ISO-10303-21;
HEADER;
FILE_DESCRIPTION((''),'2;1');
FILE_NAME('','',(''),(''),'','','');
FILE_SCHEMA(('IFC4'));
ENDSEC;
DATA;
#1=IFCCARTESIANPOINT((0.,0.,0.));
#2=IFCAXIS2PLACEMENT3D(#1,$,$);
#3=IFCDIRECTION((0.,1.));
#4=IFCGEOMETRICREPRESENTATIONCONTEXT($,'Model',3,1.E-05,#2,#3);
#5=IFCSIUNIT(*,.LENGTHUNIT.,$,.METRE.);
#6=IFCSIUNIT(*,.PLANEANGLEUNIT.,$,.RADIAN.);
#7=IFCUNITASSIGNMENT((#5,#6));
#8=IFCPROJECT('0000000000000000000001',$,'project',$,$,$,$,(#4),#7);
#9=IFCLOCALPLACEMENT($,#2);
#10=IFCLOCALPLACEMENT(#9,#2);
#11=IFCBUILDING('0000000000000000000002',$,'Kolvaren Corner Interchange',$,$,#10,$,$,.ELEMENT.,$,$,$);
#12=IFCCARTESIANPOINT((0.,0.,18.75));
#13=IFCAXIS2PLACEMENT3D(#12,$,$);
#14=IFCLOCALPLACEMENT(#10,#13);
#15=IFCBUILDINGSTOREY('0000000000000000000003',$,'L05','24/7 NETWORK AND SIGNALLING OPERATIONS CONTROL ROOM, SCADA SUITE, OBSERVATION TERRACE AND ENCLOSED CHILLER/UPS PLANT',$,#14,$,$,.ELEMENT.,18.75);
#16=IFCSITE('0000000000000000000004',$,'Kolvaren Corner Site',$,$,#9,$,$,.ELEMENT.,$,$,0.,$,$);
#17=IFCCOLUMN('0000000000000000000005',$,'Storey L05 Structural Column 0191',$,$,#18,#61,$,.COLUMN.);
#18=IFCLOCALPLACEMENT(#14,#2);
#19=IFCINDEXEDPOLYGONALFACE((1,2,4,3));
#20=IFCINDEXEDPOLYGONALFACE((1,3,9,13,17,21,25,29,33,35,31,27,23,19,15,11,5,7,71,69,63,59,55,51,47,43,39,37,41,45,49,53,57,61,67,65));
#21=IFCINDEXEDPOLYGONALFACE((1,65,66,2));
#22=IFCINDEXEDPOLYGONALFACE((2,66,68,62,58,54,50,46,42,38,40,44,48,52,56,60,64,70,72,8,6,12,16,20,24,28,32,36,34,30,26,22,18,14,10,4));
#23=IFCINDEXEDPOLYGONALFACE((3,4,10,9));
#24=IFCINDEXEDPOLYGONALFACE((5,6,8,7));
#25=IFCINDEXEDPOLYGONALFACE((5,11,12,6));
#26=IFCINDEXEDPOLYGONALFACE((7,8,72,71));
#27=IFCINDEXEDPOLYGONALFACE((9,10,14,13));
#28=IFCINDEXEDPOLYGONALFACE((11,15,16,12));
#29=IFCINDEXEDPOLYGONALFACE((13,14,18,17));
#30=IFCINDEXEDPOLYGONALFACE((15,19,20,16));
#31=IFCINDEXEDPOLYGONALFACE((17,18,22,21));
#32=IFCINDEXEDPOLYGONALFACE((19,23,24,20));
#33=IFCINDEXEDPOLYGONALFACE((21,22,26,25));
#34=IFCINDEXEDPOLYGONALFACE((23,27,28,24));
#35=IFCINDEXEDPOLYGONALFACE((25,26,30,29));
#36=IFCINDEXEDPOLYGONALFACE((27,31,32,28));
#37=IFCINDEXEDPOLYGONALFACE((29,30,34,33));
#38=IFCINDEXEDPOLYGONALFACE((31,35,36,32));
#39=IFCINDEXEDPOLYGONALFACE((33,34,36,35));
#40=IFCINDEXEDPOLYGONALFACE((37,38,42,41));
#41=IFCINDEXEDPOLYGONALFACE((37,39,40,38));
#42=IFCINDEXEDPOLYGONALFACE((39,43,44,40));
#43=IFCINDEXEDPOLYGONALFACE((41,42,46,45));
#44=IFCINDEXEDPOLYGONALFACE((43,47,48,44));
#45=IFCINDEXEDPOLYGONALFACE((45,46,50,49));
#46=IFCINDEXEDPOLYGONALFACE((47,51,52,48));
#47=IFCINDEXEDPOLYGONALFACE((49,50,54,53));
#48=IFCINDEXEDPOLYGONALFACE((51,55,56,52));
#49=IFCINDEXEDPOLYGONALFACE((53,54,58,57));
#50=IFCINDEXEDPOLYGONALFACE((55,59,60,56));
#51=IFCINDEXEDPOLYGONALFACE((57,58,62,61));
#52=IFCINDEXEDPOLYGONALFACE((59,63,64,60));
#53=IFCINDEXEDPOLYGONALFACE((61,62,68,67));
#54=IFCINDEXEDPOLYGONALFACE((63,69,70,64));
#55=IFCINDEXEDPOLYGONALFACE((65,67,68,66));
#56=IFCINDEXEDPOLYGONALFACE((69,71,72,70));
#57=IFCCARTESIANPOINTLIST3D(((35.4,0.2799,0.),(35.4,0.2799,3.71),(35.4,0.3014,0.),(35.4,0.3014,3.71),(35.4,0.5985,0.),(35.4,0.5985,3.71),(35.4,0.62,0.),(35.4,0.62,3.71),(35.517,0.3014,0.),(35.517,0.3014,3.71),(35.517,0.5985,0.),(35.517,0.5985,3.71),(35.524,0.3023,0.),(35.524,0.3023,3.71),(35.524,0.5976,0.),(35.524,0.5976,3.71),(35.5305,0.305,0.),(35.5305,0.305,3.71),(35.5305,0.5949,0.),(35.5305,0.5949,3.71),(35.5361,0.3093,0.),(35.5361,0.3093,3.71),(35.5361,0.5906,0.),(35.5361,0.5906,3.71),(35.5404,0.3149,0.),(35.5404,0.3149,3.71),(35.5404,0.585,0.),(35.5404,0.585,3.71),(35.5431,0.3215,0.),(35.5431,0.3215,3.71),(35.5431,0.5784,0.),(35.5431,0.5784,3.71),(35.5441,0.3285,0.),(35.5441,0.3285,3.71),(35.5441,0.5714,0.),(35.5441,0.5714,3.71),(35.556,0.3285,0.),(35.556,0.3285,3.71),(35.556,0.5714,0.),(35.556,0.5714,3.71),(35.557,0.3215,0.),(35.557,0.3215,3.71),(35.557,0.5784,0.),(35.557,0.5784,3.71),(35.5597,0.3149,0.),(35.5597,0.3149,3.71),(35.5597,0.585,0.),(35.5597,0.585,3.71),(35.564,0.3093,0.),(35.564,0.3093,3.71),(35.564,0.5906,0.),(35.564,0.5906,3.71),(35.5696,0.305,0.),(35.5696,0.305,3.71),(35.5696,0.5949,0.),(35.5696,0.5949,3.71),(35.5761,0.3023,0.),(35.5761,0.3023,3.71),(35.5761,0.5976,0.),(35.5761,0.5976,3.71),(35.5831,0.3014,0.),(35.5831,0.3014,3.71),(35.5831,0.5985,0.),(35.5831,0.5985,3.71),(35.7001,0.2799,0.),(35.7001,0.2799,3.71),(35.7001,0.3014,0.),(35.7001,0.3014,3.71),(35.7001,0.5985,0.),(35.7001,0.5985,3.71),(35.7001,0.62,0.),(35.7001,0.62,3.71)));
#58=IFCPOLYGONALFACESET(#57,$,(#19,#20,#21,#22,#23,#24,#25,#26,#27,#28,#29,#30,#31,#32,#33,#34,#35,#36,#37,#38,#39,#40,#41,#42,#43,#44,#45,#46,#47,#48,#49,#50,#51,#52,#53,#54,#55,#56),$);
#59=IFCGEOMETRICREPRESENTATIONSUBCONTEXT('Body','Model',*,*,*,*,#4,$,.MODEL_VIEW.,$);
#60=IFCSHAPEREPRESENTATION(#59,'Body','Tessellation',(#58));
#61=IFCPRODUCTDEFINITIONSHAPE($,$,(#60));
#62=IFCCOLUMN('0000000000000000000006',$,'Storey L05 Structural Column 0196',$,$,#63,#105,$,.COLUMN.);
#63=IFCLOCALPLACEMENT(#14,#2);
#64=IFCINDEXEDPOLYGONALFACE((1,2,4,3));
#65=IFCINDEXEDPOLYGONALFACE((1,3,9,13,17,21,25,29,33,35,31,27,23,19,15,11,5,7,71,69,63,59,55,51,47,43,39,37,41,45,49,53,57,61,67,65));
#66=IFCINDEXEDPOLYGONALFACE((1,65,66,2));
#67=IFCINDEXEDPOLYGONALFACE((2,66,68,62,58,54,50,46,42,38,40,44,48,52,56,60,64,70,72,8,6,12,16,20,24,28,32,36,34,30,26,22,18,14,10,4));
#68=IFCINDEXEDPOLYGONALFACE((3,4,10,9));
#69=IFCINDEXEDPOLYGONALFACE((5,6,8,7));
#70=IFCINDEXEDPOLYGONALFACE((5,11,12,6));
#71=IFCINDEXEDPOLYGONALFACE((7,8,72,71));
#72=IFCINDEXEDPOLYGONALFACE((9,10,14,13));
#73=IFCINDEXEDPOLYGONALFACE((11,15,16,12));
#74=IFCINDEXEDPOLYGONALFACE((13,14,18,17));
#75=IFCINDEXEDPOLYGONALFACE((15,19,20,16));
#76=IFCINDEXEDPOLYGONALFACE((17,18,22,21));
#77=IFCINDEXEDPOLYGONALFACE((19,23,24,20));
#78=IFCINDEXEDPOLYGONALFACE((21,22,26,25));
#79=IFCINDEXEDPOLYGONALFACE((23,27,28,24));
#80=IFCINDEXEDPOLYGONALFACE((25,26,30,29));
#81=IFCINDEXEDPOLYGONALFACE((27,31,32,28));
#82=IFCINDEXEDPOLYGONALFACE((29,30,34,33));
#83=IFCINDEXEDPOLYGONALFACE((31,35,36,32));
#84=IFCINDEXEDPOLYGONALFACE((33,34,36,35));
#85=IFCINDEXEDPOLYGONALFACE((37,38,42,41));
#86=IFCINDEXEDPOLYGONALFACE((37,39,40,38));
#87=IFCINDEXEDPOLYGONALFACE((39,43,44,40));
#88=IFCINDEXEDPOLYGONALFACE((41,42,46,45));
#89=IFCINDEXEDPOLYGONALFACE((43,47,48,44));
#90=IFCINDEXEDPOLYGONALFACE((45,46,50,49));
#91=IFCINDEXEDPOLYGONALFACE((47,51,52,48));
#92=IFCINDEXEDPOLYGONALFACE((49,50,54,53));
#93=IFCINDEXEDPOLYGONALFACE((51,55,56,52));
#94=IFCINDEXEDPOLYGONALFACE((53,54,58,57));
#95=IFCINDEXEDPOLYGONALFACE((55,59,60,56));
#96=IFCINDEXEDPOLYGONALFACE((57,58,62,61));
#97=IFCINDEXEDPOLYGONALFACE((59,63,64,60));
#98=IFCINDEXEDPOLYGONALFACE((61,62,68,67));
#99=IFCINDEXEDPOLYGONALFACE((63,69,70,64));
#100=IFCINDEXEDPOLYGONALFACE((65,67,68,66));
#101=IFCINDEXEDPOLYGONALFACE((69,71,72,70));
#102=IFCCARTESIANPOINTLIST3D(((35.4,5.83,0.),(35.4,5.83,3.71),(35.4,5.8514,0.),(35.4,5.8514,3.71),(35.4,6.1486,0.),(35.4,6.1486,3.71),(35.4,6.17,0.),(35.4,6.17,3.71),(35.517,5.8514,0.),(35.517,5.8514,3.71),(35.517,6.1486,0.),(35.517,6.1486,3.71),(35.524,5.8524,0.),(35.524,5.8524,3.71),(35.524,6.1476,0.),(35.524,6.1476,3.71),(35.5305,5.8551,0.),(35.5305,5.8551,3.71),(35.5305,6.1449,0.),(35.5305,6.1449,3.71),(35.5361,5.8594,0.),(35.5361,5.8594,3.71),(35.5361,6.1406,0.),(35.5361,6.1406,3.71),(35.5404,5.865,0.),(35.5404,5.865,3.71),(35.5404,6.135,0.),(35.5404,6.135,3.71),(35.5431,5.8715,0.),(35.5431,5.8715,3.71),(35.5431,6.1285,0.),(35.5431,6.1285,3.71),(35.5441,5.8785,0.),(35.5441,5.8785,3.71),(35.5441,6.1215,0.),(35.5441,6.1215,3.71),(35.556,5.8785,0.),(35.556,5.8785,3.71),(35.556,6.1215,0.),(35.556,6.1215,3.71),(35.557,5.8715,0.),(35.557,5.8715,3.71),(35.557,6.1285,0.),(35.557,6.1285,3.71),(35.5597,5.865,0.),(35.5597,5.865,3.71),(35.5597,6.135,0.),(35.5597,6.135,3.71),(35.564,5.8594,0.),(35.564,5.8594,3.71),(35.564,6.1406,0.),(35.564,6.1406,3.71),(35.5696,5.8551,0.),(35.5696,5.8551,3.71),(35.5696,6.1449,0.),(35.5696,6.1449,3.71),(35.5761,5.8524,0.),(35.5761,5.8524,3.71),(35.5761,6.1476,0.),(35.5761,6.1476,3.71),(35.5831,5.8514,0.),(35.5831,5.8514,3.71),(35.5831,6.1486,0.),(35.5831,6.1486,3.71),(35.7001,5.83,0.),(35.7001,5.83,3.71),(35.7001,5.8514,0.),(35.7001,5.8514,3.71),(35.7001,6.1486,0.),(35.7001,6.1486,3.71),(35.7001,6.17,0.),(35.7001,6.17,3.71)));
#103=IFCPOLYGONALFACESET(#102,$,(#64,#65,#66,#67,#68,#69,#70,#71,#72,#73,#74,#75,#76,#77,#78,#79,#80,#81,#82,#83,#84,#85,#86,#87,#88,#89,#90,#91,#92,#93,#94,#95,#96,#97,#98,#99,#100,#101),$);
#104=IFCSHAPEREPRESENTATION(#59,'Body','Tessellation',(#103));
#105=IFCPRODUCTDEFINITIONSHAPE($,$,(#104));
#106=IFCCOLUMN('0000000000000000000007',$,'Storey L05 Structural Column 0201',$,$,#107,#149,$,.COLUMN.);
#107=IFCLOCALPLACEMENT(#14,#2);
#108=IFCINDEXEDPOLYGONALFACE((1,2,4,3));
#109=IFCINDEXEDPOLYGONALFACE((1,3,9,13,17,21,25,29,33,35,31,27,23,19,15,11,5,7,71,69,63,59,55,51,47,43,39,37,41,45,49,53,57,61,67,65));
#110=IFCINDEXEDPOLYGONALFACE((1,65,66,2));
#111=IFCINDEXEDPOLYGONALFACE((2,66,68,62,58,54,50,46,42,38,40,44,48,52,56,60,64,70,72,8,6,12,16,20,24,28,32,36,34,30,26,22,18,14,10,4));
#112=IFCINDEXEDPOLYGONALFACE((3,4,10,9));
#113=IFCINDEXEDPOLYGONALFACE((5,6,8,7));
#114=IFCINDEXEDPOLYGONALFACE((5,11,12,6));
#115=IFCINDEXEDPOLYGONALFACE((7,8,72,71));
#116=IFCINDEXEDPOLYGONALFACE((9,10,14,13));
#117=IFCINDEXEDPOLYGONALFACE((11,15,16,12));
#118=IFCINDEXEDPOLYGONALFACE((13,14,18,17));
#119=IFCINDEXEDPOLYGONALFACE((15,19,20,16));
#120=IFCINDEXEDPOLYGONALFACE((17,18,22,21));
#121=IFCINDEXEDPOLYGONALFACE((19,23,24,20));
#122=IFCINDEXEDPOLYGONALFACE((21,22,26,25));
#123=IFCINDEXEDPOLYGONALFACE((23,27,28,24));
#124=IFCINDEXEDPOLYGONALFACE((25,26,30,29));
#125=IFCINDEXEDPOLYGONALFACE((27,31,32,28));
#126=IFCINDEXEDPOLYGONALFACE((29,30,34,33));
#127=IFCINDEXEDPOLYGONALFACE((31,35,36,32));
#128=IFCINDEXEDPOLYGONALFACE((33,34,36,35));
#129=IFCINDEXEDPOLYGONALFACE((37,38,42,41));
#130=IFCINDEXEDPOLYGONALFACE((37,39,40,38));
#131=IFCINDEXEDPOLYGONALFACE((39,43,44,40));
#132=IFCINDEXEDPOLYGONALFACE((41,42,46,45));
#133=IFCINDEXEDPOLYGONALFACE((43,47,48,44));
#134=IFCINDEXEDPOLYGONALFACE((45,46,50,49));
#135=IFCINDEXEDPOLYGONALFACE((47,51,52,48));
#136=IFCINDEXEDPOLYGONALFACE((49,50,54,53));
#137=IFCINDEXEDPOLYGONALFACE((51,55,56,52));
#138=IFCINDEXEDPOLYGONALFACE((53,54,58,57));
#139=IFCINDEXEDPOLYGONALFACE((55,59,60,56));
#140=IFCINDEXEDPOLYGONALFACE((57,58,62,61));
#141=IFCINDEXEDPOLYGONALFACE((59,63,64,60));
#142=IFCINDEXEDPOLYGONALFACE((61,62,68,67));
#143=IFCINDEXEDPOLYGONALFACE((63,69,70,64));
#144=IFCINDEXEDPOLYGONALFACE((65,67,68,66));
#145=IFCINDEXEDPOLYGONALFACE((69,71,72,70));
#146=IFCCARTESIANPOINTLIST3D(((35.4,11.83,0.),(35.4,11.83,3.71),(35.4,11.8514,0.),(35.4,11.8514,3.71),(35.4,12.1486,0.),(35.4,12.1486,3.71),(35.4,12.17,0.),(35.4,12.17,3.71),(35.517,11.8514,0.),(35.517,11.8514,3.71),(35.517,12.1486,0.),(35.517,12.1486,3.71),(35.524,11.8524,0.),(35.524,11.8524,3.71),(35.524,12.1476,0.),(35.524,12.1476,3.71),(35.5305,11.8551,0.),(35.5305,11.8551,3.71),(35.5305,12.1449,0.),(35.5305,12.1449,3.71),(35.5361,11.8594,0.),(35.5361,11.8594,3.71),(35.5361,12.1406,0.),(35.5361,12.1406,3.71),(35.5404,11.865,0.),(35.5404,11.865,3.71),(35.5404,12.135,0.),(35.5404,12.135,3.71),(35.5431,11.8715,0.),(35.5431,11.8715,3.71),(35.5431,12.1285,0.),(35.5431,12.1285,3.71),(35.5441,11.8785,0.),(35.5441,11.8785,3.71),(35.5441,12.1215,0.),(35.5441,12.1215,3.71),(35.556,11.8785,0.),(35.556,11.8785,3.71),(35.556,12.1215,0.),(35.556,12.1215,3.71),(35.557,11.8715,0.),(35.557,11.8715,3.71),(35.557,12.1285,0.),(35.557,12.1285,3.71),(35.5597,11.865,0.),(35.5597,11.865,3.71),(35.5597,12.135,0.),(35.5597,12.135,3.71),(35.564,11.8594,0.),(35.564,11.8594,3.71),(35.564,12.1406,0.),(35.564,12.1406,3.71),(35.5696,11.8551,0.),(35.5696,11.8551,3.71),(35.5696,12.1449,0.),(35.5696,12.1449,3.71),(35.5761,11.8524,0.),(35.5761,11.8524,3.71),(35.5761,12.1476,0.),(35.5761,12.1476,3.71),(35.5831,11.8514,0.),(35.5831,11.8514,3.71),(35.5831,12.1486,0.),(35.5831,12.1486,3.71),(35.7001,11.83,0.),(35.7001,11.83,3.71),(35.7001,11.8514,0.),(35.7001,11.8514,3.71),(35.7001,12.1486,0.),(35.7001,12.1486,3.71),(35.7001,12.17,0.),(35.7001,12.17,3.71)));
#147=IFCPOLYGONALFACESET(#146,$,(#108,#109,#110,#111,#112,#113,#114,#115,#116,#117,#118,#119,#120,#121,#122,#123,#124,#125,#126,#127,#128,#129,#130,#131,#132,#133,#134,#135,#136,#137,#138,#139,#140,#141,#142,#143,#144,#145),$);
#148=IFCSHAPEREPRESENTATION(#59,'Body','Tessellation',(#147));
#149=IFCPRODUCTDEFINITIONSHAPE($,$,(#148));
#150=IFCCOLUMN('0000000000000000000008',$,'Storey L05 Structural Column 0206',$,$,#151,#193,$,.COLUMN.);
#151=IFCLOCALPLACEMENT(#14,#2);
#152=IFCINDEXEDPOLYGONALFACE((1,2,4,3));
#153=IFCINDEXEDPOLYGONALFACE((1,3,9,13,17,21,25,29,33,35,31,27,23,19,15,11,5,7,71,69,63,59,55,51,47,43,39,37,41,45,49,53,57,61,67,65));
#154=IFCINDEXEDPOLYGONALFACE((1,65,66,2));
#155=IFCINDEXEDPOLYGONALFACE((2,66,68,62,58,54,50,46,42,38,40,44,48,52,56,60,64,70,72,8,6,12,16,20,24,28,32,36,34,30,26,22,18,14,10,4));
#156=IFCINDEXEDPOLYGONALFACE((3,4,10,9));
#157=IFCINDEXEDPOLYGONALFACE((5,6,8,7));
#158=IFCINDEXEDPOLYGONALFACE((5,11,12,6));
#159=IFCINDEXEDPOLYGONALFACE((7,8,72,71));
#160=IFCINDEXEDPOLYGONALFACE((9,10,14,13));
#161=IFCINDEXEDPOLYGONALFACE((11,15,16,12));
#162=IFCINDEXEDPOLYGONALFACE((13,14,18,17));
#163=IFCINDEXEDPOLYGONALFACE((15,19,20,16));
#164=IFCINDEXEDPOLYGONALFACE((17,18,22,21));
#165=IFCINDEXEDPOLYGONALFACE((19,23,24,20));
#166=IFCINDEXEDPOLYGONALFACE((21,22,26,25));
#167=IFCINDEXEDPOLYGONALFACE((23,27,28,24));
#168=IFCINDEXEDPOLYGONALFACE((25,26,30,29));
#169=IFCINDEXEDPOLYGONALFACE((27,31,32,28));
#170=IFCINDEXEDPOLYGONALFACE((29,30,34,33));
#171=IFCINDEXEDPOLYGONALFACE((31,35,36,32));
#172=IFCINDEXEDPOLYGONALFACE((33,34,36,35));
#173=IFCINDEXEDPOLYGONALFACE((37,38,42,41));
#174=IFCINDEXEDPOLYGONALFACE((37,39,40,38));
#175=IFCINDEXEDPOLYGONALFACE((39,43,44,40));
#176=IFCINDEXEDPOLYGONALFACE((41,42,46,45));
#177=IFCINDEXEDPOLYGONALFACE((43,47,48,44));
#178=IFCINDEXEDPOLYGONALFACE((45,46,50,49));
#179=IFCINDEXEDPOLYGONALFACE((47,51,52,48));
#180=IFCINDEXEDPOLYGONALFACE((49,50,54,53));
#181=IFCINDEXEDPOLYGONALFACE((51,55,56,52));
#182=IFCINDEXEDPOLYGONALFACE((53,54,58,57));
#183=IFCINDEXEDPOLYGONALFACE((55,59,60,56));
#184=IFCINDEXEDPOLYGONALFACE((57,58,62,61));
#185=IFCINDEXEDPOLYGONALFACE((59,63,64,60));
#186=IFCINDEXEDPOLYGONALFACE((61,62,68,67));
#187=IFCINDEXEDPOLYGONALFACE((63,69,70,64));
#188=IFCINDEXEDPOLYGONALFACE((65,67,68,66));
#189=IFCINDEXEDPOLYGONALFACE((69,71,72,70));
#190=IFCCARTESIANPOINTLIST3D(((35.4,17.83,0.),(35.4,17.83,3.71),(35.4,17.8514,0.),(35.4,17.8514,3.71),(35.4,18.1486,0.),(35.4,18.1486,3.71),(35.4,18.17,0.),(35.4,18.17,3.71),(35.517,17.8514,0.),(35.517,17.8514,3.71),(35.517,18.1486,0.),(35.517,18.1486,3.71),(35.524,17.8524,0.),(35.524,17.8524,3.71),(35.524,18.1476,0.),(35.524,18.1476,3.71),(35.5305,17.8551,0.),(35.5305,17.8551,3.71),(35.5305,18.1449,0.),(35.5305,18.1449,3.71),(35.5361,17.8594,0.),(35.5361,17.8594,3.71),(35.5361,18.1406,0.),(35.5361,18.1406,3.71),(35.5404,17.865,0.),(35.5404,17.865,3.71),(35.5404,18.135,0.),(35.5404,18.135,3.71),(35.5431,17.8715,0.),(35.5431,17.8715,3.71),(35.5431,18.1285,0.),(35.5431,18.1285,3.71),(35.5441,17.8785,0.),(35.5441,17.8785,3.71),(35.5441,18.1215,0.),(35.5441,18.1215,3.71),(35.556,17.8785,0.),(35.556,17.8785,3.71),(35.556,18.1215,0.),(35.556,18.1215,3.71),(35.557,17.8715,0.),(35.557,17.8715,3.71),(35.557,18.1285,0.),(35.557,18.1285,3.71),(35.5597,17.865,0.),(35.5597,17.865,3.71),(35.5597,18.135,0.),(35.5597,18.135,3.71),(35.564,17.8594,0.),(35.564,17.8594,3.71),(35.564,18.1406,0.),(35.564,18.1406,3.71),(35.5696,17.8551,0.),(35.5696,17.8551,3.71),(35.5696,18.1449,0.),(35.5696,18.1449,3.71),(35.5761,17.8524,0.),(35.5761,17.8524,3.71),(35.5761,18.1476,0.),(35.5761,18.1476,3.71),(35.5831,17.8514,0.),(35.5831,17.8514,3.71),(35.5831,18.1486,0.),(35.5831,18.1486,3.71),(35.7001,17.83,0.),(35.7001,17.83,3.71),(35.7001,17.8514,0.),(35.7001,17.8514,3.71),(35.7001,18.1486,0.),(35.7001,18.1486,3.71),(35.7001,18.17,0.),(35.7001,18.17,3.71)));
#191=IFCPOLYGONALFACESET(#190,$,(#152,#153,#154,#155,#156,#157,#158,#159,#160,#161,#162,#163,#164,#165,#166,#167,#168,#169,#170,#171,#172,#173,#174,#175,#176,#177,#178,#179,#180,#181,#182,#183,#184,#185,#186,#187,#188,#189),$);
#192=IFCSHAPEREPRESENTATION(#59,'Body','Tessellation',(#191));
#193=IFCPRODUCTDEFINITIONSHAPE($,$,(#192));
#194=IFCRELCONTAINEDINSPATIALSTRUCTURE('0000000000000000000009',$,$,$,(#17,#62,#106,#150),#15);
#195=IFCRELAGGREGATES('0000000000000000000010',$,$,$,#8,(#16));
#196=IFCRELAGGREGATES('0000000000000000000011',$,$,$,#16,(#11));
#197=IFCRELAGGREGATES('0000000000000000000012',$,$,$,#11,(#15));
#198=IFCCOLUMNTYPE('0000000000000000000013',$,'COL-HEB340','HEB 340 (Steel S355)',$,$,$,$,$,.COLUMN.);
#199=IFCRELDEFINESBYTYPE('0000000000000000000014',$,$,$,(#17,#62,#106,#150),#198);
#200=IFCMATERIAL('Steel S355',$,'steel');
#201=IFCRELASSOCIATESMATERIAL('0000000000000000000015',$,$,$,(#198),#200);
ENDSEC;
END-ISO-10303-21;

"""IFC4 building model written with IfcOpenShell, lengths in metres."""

from ifc_helpers import new_model, si_unit, direction, frame, origin, origin_2d, place, context, subcontext, project, spatial, i_section, extrude, material, material_profile, profile_set, type_object, element, save


model = new_model("IFC4")

# Units and contexts
model_context = context("Model", 3, precision=1e-05, world=origin(), true_north=direction((0.0, 1.0)))
body_context = subcontext(model_context, "Body", "Model", "MODEL_VIEW")
ifc_project = project(units=[si_unit("LENGTHUNIT", "METRE"), si_unit("PLANEANGLEUNIT", "RADIAN")], contexts=[model_context])

# Site, building, storey
site_placement = place(None, origin())
site = spatial("IfcSite", under=ifc_project, at=site_placement, Name="Kolvaren Corner Site", CompositionType="ELEMENT", RefElevation=0.0)
building_placement = place(site_placement, origin())
building = spatial("IfcBuilding", under=site, at=building_placement, Name="Kolvaren Corner Interchange", CompositionType="ELEMENT")
storey_placement = place(building_placement, frame((0.0, 0.0, 18.75)))
storey = spatial("IfcBuildingStorey", under=building, at=storey_placement, Name="L05", Description="24/7 NETWORK AND SIGNALLING OPERATIONS CONTROL ROOM, SCADA SUITE, OBSERVATION TERRACE AND ENCLOSED CHILLER/UPS PLANT", CompositionType="ELEMENT", Elevation=18.75)

# Columns
ifc_material_1 = material(Name="Steel S355", Category="steel")
ifc_material_profile_1 = material_profile(ifc_material_1, i_section(OverallWidth=0.3, OverallDepth=0.3401, WebThickness=0.012, FlangeThickness=0.0215, FilletRadius=0.0271, at=origin_2d()), Name="HEB 340")
ifc_profile_set_1 = profile_set([ifc_material_profile_1], Name="Steel S355")
column_type = type_object("IfcColumnType", Name="COL-HEB340", Description="HEB 340 (Steel S355)", PredefinedType="COLUMN", material=ifc_profile_set_1)
for number, where, z_axis, x_axis, name in (
    (1, (35.55, 0.45, 0.0), (0.0, 0.0, 1.0), (1.0, 0.0, 0.0), "Storey L05 Structural Column 0191"),
    (2, (35.55, 6.0, 0.0), (0.0, 0.0, 1.0), (1.0, 0.0, 0.0), "Storey L05 Structural Column 0196"),
    (3, (35.55, 12.0, 0.0), (0.0, 0.0, 1.0), (1.0, 0.0, 0.0), "Storey L05 Structural Column 0201"),
    (4, (35.55, 18.0, 0.0), (0.0, 0.0, 1.0), (1.0, 0.0, 0.0), "Storey L05 Structural Column 0206"),
):
    element("IfcColumn", number, at=place(storey_placement, frame(where, z_axis=z_axis, x_axis=x_axis)), inside=storey, type_object=column_type, Name=name, PredefinedType="COLUMN", context=body_context, shape_type="SweptSolid", body=[
        extrude(i_section(OverallWidth=0.3, OverallDepth=0.3401, WebThickness=0.012, FlangeThickness=0.0215, FilletRadius=0.0271, at=origin_2d()), origin(), (0.0, 0.0, 1.0), 3.71),
    ])

save(model, "model.ifc")
